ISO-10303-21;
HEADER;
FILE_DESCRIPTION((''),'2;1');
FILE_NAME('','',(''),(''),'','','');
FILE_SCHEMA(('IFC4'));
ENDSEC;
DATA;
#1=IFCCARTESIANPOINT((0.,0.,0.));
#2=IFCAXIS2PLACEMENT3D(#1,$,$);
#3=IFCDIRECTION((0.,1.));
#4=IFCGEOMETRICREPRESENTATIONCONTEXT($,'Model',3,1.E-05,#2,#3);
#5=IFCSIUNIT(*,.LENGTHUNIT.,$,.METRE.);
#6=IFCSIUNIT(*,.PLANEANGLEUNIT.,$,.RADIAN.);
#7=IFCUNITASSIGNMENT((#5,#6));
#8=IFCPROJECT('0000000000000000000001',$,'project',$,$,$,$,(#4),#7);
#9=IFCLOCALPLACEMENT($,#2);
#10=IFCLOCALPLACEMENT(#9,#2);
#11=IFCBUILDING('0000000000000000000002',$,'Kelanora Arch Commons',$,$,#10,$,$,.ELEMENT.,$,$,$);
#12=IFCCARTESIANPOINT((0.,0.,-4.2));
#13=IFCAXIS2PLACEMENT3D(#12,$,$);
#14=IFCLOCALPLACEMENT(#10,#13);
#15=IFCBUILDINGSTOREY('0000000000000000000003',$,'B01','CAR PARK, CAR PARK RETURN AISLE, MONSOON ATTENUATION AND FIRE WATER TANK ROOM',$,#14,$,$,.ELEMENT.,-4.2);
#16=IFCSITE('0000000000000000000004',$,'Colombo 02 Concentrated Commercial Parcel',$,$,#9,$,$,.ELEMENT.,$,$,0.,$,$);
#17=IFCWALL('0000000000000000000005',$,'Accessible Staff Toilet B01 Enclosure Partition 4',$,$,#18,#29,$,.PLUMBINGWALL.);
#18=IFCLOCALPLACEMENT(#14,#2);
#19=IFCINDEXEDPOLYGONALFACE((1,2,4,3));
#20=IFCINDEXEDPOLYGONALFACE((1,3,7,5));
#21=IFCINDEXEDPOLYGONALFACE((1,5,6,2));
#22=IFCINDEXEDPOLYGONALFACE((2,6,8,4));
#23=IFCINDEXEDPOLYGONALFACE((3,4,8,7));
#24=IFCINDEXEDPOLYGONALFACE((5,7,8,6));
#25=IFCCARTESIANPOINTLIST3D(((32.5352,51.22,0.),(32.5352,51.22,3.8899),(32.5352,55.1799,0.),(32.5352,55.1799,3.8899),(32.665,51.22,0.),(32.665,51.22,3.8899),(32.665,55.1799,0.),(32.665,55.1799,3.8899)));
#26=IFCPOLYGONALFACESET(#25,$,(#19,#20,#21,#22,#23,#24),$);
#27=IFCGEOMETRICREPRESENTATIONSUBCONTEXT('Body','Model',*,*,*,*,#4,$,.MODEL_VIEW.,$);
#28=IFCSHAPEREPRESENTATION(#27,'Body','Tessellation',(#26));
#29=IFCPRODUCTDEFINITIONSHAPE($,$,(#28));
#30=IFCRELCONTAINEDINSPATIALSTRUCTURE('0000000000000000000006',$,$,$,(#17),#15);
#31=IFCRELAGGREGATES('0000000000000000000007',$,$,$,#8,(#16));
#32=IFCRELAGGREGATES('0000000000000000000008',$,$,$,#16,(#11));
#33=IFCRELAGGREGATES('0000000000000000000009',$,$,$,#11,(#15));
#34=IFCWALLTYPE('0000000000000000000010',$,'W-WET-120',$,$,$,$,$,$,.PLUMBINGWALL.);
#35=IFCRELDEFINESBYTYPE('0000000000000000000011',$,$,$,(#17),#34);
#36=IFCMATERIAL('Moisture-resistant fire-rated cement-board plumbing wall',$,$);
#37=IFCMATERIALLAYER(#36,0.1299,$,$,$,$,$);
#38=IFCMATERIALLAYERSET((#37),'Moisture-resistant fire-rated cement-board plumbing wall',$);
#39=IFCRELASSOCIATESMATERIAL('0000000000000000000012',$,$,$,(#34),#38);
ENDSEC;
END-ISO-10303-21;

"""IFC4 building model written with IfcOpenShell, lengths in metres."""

from ifc_helpers import new_model, si_unit, direction, frame, frame_2d, origin, place, context, subcontext, project, spatial, rectangle, extrude, material, layer, layer_set, type_object, element, save


model = new_model("IFC4")

# Units and contexts
model_context = context("Model", 3, precision=1e-05, world=origin(), true_north=direction((0.0, 1.0)))
body_context = subcontext(model_context, "Body", "Model", "MODEL_VIEW")
ifc_project = project(units=[si_unit("LENGTHUNIT", "METRE"), si_unit("PLANEANGLEUNIT", "RADIAN")], contexts=[model_context])

# Site, building, storey
site_placement = place(None, origin())
site = spatial("IfcSite", under=ifc_project, at=site_placement, Name="Colombo 02 Concentrated Commercial Parcel", CompositionType="ELEMENT", RefElevation=0.0)
building_placement = place(site_placement, origin())
building = spatial("IfcBuilding", under=site, at=building_placement, Name="Kelanora Arch Commons", CompositionType="ELEMENT")
storey_placement = place(building_placement, frame((0.0, 0.0, -4.2)))
storey = spatial("IfcBuildingStorey", under=building, at=storey_placement, Name="B01", Description="CAR PARK, CAR PARK RETURN AISLE, MONSOON ATTENUATION AND FIRE WATER TANK ROOM", CompositionType="ELEMENT", Elevation=-4.2)

# Shared definitions
ifc_material_1 = material(Name="Moisture-resistant fire-rated cement-board plumbing wall")
ifc_layer_1 = layer(ifc_material_1, 0.1299)
ifc_layer_set_1 = layer_set([ifc_layer_1], Name="Moisture-resistant fire-rated cement-board plumbing wall")
wall_type_1 = type_object("IfcWallType", Name="W-WET-120", PredefinedType="PLUMBINGWALL", material=ifc_layer_set_1)

# Wall
wall_1_placement = place(storey_placement, frame((32.6001, 55.1799, 0.0), z_axis=(0.0, 0.0, 1.0), x_axis=(0.0, -1.0, 0.0)))
element("IfcWall", 1, at=wall_1_placement, inside=storey, type_object=wall_type_1, Name="Accessible Staff Toilet B01 Enclosure Partition 4", PredefinedType="PLUMBINGWALL", context=body_context, shape_type="SweptSolid", body=[
    extrude(rectangle(XDim=3.96, YDim=0.1299, at=frame_2d((1.98, 0.0))), origin(), (0.0, 0.0, 1.0), 3.8899),
])

save(model, "model.ifc")
